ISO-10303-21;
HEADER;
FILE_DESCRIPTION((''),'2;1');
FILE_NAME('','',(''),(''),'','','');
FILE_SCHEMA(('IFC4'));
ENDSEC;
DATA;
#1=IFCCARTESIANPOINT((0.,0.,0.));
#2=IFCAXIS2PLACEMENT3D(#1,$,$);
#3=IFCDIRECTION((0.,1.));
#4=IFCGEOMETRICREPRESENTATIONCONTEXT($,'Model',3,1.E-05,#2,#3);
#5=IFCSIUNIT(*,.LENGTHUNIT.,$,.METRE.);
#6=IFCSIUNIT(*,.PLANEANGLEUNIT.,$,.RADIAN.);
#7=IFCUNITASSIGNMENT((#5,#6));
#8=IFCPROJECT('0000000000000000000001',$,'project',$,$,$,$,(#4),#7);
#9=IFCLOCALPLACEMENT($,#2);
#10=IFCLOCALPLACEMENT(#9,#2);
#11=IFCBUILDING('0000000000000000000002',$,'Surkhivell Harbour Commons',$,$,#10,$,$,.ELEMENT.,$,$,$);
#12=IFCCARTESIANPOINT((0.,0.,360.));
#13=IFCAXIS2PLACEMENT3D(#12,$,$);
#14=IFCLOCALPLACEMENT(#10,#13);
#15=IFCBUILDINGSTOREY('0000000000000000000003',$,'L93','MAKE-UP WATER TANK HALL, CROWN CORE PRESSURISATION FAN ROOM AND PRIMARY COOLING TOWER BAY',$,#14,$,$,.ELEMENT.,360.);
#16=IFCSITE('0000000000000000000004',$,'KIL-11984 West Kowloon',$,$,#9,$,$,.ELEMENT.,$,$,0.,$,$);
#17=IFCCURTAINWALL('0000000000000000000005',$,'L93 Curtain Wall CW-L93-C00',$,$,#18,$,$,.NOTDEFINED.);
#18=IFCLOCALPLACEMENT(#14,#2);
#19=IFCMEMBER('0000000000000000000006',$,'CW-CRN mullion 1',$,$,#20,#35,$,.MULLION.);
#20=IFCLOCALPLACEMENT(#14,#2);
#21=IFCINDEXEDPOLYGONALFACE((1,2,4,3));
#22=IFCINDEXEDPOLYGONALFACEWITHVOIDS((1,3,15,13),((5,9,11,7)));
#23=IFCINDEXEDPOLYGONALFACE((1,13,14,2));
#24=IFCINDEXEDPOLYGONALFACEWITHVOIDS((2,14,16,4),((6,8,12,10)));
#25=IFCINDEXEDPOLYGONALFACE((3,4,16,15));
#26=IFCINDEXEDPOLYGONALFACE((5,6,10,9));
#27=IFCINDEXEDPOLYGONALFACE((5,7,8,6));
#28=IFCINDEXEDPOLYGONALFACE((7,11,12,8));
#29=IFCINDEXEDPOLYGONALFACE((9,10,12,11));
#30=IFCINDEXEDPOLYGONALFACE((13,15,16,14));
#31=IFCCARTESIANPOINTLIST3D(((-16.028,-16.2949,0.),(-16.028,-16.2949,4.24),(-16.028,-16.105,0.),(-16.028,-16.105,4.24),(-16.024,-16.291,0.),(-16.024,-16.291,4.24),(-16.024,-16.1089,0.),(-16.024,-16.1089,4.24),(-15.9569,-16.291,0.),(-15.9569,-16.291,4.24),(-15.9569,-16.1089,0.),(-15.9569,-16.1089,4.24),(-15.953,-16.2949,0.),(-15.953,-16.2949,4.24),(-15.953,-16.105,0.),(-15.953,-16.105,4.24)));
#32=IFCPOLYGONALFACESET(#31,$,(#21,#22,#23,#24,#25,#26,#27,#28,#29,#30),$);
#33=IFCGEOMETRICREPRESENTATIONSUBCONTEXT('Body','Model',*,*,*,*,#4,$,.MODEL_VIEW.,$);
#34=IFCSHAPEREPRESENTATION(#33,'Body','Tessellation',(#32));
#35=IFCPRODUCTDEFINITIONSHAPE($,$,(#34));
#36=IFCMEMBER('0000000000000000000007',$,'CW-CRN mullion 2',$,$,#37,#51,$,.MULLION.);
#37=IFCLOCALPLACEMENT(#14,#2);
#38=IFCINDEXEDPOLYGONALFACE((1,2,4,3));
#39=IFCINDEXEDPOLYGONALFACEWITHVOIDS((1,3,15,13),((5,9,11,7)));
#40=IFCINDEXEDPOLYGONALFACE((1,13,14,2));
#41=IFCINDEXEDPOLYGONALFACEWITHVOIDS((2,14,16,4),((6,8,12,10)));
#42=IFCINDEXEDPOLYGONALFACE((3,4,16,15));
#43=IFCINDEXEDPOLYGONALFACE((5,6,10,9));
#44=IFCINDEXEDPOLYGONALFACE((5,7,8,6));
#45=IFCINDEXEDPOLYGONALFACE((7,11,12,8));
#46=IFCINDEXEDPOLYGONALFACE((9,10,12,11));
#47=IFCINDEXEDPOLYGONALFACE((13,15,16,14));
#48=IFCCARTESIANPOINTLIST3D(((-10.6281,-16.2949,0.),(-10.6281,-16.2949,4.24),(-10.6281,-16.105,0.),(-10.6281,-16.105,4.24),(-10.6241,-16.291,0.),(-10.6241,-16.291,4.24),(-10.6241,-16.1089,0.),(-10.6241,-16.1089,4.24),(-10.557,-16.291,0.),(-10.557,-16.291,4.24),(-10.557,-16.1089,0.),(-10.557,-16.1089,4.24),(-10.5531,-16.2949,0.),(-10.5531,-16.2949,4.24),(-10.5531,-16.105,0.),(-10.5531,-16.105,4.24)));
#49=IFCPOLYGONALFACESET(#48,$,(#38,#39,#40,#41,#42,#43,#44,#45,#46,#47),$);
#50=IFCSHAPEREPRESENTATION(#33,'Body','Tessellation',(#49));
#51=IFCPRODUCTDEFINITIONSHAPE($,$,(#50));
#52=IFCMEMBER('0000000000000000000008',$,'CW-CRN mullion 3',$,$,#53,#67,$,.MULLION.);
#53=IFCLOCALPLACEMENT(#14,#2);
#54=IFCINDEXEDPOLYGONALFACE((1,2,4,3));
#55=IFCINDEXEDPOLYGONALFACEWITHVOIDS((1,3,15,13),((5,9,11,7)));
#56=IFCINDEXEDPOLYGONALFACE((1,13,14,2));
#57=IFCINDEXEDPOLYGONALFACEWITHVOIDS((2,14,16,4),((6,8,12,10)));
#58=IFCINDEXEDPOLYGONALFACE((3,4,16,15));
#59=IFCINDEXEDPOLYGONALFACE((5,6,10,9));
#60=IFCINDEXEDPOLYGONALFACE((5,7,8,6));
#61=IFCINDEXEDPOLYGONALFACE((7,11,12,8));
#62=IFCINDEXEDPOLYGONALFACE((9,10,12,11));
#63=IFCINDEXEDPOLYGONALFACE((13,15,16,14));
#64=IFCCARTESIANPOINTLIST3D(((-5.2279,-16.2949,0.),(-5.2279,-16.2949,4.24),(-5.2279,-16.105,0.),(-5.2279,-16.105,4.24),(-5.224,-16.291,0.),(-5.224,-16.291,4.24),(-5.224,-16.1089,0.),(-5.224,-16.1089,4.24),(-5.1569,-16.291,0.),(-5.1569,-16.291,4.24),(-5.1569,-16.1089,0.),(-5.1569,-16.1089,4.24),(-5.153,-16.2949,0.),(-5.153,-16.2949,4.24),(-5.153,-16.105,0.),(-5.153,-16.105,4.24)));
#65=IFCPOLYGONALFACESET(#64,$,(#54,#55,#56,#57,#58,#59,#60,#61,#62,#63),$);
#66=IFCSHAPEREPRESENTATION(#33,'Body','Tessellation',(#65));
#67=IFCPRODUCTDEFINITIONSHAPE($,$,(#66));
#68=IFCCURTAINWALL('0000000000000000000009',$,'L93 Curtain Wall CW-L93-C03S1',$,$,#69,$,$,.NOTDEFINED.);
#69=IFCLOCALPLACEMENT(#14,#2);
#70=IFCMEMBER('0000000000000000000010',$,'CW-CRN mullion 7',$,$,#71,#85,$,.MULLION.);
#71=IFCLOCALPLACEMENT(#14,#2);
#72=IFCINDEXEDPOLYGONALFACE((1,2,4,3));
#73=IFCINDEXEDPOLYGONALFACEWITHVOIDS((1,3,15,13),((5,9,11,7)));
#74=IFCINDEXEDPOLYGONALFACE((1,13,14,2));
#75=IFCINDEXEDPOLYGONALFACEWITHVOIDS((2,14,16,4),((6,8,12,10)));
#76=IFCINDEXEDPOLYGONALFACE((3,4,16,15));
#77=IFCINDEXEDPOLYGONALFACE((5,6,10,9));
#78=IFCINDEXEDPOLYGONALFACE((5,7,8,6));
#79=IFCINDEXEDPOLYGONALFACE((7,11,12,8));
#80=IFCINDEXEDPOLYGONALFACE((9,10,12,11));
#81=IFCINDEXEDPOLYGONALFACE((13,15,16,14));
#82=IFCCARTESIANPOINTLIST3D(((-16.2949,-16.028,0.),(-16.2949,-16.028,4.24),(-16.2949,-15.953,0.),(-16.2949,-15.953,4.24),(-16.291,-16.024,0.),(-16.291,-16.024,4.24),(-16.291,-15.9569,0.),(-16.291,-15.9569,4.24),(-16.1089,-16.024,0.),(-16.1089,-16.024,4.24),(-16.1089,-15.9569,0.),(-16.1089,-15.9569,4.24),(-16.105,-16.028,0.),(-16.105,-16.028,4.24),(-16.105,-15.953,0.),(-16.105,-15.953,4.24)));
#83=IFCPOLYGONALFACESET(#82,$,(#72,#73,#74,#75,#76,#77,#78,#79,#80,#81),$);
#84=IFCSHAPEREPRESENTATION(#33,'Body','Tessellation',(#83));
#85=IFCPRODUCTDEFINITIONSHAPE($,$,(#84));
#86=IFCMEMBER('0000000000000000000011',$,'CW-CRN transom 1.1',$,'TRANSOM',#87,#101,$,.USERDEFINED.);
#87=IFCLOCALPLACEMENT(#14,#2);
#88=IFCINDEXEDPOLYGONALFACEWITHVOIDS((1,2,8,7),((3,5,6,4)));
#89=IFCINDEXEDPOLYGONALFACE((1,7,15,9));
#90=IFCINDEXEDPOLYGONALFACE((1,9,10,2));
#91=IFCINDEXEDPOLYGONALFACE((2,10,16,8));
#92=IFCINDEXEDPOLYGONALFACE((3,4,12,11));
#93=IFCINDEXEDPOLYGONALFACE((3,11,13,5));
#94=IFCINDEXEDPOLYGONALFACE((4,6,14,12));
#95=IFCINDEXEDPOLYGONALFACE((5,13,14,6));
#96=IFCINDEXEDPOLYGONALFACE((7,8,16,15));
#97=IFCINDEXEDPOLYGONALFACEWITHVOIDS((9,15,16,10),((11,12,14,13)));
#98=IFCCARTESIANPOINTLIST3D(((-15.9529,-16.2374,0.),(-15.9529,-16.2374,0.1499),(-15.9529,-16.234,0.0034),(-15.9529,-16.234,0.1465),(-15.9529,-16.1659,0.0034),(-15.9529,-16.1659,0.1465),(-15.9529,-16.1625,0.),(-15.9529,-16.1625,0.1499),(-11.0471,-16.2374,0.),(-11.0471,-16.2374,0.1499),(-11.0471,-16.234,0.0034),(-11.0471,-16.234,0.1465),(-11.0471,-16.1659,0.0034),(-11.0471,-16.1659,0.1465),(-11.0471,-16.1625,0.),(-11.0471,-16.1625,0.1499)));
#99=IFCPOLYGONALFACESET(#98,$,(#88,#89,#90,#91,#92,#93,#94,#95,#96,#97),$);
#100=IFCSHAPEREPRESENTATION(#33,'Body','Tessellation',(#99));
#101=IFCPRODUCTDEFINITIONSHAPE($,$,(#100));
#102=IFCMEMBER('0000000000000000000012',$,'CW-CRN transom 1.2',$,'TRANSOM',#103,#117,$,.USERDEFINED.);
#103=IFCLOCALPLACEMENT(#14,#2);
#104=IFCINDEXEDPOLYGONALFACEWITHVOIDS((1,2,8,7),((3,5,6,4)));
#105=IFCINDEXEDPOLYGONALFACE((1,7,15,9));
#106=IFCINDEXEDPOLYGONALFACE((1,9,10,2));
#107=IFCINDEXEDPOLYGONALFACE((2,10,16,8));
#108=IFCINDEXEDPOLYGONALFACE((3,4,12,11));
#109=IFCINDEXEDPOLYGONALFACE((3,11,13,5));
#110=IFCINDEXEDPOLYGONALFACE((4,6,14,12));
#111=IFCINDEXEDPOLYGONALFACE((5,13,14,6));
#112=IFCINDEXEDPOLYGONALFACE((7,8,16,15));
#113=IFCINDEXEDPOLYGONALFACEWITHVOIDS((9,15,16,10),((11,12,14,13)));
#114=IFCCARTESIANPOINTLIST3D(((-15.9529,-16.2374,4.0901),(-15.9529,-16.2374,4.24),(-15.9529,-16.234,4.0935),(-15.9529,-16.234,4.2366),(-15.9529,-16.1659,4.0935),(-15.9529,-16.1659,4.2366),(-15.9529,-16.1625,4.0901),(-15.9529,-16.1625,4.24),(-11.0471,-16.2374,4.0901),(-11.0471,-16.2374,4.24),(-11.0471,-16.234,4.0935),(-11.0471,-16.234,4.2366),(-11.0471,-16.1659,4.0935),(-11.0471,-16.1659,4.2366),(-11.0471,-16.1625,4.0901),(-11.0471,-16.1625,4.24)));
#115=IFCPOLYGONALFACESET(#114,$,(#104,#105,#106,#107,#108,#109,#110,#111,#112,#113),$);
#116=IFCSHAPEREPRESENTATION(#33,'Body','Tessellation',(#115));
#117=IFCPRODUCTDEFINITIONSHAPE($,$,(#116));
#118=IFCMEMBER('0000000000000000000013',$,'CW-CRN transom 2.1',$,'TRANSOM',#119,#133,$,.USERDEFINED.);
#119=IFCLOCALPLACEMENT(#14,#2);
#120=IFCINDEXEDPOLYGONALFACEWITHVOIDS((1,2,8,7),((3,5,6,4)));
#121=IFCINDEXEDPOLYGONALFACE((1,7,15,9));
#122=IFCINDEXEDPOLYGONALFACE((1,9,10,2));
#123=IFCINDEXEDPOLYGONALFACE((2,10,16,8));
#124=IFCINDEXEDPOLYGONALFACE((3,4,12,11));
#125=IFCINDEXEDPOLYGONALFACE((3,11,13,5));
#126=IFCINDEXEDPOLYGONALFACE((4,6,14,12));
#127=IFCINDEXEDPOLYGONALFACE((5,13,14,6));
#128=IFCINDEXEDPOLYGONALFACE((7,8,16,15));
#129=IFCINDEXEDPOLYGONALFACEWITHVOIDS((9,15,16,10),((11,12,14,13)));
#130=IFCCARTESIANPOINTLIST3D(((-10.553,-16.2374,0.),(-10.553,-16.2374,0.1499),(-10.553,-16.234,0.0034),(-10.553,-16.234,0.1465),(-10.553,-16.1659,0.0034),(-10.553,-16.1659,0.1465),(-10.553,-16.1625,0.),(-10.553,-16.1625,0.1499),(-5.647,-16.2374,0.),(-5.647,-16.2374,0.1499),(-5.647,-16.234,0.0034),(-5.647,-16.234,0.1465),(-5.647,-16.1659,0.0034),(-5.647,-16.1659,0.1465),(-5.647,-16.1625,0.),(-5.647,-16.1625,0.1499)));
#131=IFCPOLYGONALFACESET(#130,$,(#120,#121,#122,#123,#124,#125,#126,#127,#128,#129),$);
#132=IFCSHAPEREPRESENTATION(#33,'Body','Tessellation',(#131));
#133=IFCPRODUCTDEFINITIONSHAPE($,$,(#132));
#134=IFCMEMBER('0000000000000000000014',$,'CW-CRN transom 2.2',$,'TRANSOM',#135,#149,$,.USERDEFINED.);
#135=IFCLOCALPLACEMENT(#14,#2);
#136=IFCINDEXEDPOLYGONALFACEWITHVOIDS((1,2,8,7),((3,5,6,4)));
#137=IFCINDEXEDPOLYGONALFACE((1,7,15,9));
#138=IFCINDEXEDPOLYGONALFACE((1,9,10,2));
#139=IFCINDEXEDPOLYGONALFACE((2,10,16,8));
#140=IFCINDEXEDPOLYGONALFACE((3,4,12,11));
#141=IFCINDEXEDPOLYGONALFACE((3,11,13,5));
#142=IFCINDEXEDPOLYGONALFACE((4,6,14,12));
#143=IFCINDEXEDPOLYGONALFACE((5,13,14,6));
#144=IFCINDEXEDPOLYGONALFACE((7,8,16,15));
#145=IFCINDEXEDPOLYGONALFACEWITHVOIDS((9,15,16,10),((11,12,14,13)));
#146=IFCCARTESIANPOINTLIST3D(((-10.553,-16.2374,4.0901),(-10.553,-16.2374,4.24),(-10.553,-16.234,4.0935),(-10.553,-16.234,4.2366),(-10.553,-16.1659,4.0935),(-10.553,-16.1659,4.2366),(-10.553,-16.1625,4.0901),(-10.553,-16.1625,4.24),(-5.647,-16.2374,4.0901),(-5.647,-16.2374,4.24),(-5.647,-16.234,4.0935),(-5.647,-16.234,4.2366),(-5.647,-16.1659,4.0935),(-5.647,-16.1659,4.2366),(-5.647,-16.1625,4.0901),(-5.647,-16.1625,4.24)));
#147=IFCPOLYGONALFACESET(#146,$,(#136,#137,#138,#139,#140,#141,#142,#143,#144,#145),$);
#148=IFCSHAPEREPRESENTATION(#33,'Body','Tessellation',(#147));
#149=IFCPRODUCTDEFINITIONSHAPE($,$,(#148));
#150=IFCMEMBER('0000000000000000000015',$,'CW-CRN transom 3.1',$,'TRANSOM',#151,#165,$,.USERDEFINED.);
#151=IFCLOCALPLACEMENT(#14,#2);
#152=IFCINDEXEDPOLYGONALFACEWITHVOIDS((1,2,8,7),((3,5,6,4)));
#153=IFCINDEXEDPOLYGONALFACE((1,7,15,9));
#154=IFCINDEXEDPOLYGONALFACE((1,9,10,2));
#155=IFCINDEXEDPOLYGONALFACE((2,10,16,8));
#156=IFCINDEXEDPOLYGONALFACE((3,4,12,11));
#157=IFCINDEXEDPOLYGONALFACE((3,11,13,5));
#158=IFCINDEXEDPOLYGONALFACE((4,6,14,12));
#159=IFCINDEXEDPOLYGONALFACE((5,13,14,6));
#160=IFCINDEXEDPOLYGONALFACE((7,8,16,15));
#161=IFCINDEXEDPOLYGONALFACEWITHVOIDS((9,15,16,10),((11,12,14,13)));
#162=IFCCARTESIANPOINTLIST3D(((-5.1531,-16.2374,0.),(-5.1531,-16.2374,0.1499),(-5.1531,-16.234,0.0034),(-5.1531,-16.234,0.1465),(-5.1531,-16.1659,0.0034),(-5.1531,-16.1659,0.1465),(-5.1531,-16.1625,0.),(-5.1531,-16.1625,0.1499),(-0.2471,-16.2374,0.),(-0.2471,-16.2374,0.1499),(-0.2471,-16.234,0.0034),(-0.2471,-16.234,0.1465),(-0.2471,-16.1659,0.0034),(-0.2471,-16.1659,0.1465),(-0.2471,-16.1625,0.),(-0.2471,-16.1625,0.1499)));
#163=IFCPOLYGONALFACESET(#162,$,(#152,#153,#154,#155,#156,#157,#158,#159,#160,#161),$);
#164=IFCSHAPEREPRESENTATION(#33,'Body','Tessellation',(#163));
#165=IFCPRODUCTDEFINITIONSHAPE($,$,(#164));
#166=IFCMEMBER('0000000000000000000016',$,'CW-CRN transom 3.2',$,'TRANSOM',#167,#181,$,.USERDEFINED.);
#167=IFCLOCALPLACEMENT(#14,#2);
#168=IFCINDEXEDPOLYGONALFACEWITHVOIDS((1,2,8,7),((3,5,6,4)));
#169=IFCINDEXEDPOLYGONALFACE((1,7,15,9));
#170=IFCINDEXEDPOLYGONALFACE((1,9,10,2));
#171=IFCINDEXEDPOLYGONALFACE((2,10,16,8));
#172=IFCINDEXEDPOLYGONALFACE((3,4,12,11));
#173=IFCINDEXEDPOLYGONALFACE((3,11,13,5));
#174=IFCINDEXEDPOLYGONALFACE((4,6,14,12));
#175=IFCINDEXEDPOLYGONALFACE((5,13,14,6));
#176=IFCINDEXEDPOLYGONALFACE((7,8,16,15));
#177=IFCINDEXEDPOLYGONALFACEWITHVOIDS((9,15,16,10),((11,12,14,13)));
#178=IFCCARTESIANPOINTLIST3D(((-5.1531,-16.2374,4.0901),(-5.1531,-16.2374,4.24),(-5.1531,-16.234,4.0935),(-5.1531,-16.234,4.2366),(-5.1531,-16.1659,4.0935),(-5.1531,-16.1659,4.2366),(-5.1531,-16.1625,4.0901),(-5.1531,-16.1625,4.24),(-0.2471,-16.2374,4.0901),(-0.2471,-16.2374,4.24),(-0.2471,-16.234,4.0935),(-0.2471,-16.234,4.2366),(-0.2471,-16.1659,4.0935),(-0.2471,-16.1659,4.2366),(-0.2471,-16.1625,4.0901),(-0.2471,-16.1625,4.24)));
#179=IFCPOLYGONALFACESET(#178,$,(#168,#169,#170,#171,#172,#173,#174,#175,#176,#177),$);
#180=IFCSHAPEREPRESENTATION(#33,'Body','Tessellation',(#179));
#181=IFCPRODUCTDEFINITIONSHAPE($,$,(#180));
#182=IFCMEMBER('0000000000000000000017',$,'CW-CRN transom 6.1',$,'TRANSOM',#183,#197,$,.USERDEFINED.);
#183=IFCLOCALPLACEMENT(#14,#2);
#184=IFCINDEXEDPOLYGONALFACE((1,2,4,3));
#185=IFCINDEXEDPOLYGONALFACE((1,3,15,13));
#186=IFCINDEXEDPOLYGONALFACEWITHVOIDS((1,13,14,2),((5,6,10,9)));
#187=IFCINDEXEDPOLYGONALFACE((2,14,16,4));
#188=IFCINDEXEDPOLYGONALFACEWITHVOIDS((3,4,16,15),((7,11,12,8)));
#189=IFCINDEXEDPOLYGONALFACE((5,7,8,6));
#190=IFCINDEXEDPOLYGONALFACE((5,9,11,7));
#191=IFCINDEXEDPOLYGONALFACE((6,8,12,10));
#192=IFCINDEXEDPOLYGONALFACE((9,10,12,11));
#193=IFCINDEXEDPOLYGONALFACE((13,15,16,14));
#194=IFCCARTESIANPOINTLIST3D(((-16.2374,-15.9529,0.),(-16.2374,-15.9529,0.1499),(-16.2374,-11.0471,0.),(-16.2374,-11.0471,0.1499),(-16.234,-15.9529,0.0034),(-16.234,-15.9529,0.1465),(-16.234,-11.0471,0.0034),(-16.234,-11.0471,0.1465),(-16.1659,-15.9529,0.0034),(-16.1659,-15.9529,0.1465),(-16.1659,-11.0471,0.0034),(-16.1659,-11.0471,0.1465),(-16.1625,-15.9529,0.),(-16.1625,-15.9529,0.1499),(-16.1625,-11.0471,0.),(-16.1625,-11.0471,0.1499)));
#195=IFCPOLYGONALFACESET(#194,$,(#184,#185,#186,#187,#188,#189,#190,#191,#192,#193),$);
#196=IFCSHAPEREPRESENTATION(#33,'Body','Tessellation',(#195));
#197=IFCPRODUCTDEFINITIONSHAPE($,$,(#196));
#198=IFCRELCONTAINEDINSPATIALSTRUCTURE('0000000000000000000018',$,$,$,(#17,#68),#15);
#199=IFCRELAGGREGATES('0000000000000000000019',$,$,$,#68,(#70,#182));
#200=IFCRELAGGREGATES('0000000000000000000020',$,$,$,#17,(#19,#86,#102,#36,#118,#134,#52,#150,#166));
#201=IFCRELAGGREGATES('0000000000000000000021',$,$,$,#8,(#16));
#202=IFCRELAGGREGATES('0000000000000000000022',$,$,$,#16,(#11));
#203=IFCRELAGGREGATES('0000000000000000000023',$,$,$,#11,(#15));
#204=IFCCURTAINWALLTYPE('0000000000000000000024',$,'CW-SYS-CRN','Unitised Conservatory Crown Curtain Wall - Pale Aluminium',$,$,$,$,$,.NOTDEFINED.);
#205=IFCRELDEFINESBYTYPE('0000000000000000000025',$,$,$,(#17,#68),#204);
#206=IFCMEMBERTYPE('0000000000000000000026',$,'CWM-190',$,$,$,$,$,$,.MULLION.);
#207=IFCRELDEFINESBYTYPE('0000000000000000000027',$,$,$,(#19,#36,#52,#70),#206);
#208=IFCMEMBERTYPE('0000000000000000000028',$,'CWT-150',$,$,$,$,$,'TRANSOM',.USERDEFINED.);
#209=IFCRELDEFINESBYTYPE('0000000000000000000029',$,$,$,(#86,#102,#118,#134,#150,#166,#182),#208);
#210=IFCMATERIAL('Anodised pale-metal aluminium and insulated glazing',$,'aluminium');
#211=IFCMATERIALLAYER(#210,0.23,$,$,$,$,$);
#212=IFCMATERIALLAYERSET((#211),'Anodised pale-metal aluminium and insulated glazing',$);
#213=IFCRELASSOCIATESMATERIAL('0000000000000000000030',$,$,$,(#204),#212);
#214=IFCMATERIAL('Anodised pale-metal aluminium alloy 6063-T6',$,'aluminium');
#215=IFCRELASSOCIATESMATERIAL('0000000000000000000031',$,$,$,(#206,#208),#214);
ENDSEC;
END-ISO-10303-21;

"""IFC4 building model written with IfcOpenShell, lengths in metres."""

from ifc_helpers import new_model, si_unit, direction, frame, origin, origin_2d, place, context, subcontext, project, spatial, hollow_rectangle, extrude, material, layer, layer_set, material_profile, profile_set, type_object, element, aggregate, save


model = new_model("IFC4")

# Units and contexts
model_context = context("Model", 3, precision=1e-05, world=origin(), true_north=direction((0.0, 1.0)))
body_context = subcontext(model_context, "Body", "Model", "MODEL_VIEW")
ifc_project = project(units=[si_unit("LENGTHUNIT", "METRE"), si_unit("PLANEANGLEUNIT", "RADIAN")], contexts=[model_context])

# Site, building, storey
site_placement = place(None, origin())
site = spatial("IfcSite", under=ifc_project, at=site_placement, Name="KIL-11984 West Kowloon", CompositionType="ELEMENT", RefElevation=0.0)
building_placement = place(site_placement, origin())
building = spatial("IfcBuilding", under=site, at=building_placement, Name="Surkhivell Harbour Commons", CompositionType="ELEMENT")
storey_placement = place(building_placement, frame((0.0, 0.0, 360.0)))
storey = spatial("IfcBuildingStorey", under=building, at=storey_placement, Name="L93", Description="MAKE-UP WATER TANK HALL, CROWN CORE PRESSURISATION FAN ROOM AND PRIMARY COOLING TOWER BAY", CompositionType="ELEMENT", Elevation=360.0)

# Curtain wall, members
ifc_material_1 = material(Name="Anodised pale-metal aluminium and insulated glazing", Category="aluminium")
ifc_layer_1 = layer(ifc_material_1, 0.23)
ifc_layer_set_1 = layer_set([ifc_layer_1], Name="Anodised pale-metal aluminium and insulated glazing")
curtain_wall_type = type_object("IfcCurtainWallType", Name="CW-SYS-CRN", Description="Unitised Conservatory Crown Curtain Wall - Pale Aluminium", PredefinedType="NOTDEFINED", material=ifc_layer_set_1)
curtain_wall_1_placement = place(storey_placement, origin())
curtain_wall_1 = element("IfcCurtainWall", 1, at=curtain_wall_1_placement, inside=storey, type_object=curtain_wall_type, Name="L93 Curtain Wall CW-L93-C00", PredefinedType="NOTDEFINED")
ifc_material_2 = material(Name="Anodised pale-metal aluminium alloy 6063-T6", Category="aluminium")
ifc_material_profile_1 = material_profile(ifc_material_2, hollow_rectangle(XDim=0.075, YDim=0.1899, WallThickness=0.0039, at=origin_2d()), Name="ALU-MULL-75x190")
ifc_profile_set_1 = profile_set([ifc_material_profile_1], Name="Anodised pale-metal aluminium alloy 6063-T6")
member_type_1 = type_object("IfcMemberType", Name="CWM-190", PredefinedType="MULLION", material=ifc_profile_set_1)
member_1_placement = place(storey_placement, frame((-15.9905, -16.2, 0.0), z_axis=(0.0, 0.0, 1.0), x_axis=(1.0, 0.0, 0.0)))
member_1 = element("IfcMember", 2, at=member_1_placement, type_object=member_type_1, Name="CW-CRN mullion 1", PredefinedType="MULLION", context=body_context, shape_type="SweptSolid", body=[
    extrude(hollow_rectangle(XDim=0.075, YDim=0.1899, WallThickness=0.0039, at=origin_2d()), origin(), (0.0, 0.0, 1.0), 4.24),
])
member_2_placement = place(storey_placement, frame((-10.5906, -16.2, 0.0), z_axis=(0.0, 0.0, 1.0), x_axis=(1.0, 0.0, 0.0)))
member_2 = element("IfcMember", 3, at=member_2_placement, type_object=member_type_1, Name="CW-CRN mullion 2", PredefinedType="MULLION", context=body_context, shape_type="SweptSolid", body=[
    extrude(hollow_rectangle(XDim=0.075, YDim=0.1899, WallThickness=0.0039, at=origin_2d()), origin(), (0.0, 0.0, 1.0), 4.24),
])
member_3_placement = place(storey_placement, frame((-5.1904, -16.2, 0.0), z_axis=(0.0, 0.0, 1.0), x_axis=(1.0, 0.0, 0.0)))
member_3 = element("IfcMember", 4, at=member_3_placement, type_object=member_type_1, Name="CW-CRN mullion 3", PredefinedType="MULLION", context=body_context, shape_type="SweptSolid", body=[
    extrude(hollow_rectangle(XDim=0.075, YDim=0.1899, WallThickness=0.0039, at=origin_2d()), origin(), (0.0, 0.0, 1.0), 4.24),
])

# Curtain wall, member
curtain_wall_2_placement = place(storey_placement, origin())
curtain_wall_2 = element("IfcCurtainWall", 5, at=curtain_wall_2_placement, inside=storey, type_object=curtain_wall_type, Name="L93 Curtain Wall CW-L93-C03S1", PredefinedType="NOTDEFINED")
member_4_placement = place(storey_placement, frame((-16.2, -15.9905, 0.0), z_axis=(0.0, 0.0, 1.0), x_axis=(0.0, -1.0, 0.0)))
member_4 = element("IfcMember", 6, at=member_4_placement, type_object=member_type_1, Name="CW-CRN mullion 7", PredefinedType="MULLION", context=body_context, shape_type="SweptSolid", body=[
    extrude(hollow_rectangle(XDim=0.075, YDim=0.1899, WallThickness=0.0039, at=origin_2d()), origin(), (0.0, 0.0, 1.0), 4.24),
])

# Members
ifc_material_profile_2 = material_profile(ifc_material_2, hollow_rectangle(XDim=0.075, YDim=0.1499, WallThickness=0.0034, at=origin_2d()), Name="ALU-TRAN-75x150")
ifc_profile_set_2 = profile_set([ifc_material_profile_2], Name="Anodised pale-metal aluminium alloy 6063-T6")
member_type_2 = type_object("IfcMemberType", Name="CWT-150", ElementType="TRANSOM", PredefinedType="USERDEFINED", material=ifc_profile_set_2)
member_5_placement = place(storey_placement, frame((-15.9529, -16.2, 0.075), z_axis=(1.0, 0.0, 0.0), x_axis=(0.0, 1.0, 0.0)))
member_5 = element("IfcMember", 7, at=member_5_placement, type_object=member_type_2, Name="CW-CRN transom 1.1", ObjectType="TRANSOM", PredefinedType="USERDEFINED", context=body_context, shape_type="SweptSolid", body=[
    extrude(hollow_rectangle(XDim=0.075, YDim=0.1499, WallThickness=0.0034, at=origin_2d()), origin(), (0.0, 0.0, 1.0), 4.9058),
])
member_6_placement = place(storey_placement, frame((-15.9529, -16.2, 4.165), z_axis=(1.0, 0.0, 0.0), x_axis=(0.0, 1.0, 0.0)))
member_6 = element("IfcMember", 8, at=member_6_placement, type_object=member_type_2, Name="CW-CRN transom 1.2", ObjectType="TRANSOM", PredefinedType="USERDEFINED", context=body_context, shape_type="SweptSolid", body=[
    extrude(hollow_rectangle(XDim=0.075, YDim=0.1499, WallThickness=0.0034, at=origin_2d()), origin(), (0.0, 0.0, 1.0), 4.9058),
])
member_7_placement = place(storey_placement, frame((-10.553, -16.2, 0.075), z_axis=(1.0, 0.0, 0.0), x_axis=(0.0, 1.0, 0.0)))
member_7 = element("IfcMember", 9, at=member_7_placement, type_object=member_type_2, Name="CW-CRN transom 2.1", ObjectType="TRANSOM", PredefinedType="USERDEFINED", context=body_context, shape_type="SweptSolid", body=[
    extrude(hollow_rectangle(XDim=0.075, YDim=0.1499, WallThickness=0.0034, at=origin_2d()), origin(), (0.0, 0.0, 1.0), 4.906),
])
member_8_placement = place(storey_placement, frame((-10.553, -16.2, 4.165), z_axis=(1.0, 0.0, 0.0), x_axis=(0.0, 1.0, 0.0)))
member_8 = element("IfcMember", 10, at=member_8_placement, type_object=member_type_2, Name="CW-CRN transom 2.2", ObjectType="TRANSOM", PredefinedType="USERDEFINED", context=body_context, shape_type="SweptSolid", body=[
    extrude(hollow_rectangle(XDim=0.075, YDim=0.1499, WallThickness=0.0034, at=origin_2d()), origin(), (0.0, 0.0, 1.0), 4.906),
])
member_9_placement = place(storey_placement, frame((-5.1531, -16.2, 0.075), z_axis=(1.0, 0.0, 0.0), x_axis=(0.0, 1.0, 0.0)))
member_9 = element("IfcMember", 11, at=member_9_placement, type_object=member_type_2, Name="CW-CRN transom 3.1", ObjectType="TRANSOM", PredefinedType="USERDEFINED", context=body_context, shape_type="SweptSolid", body=[
    extrude(hollow_rectangle(XDim=0.075, YDim=0.1499, WallThickness=0.0034, at=origin_2d()), origin(), (0.0, 0.0, 1.0), 4.906),
])
member_10_placement = place(storey_placement, frame((-5.1531, -16.2, 4.165), z_axis=(1.0, 0.0, 0.0), x_axis=(0.0, 1.0, 0.0)))
member_10 = element("IfcMember", 12, at=member_10_placement, type_object=member_type_2, Name="CW-CRN transom 3.2", ObjectType="TRANSOM", PredefinedType="USERDEFINED", context=body_context, shape_type="SweptSolid", body=[
    extrude(hollow_rectangle(XDim=0.075, YDim=0.1499, WallThickness=0.0034, at=origin_2d()), origin(), (0.0, 0.0, 1.0), 4.906),
])
member_11_placement = place(storey_placement, frame((-16.2, -11.0471, 0.075), z_axis=(0.0, -1.0, 0.0), x_axis=(1.0, 0.0, 0.0)))
member_11 = element("IfcMember", 13, at=member_11_placement, type_object=member_type_2, Name="CW-CRN transom 6.1", ObjectType="TRANSOM", PredefinedType="USERDEFINED", context=body_context, shape_type="SweptSolid", body=[
    extrude(hollow_rectangle(XDim=0.075, YDim=0.1499, WallThickness=0.0034, at=origin_2d()), origin(), (0.0, 0.0, 1.0), 4.9058),
])
aggregate(curtain_wall_2, [member_4, member_11])

aggregate(curtain_wall_1, [member_1, member_5, member_6, member_2, member_7, member_8, member_3, member_9, member_10])

save(model, "model.ifc")
